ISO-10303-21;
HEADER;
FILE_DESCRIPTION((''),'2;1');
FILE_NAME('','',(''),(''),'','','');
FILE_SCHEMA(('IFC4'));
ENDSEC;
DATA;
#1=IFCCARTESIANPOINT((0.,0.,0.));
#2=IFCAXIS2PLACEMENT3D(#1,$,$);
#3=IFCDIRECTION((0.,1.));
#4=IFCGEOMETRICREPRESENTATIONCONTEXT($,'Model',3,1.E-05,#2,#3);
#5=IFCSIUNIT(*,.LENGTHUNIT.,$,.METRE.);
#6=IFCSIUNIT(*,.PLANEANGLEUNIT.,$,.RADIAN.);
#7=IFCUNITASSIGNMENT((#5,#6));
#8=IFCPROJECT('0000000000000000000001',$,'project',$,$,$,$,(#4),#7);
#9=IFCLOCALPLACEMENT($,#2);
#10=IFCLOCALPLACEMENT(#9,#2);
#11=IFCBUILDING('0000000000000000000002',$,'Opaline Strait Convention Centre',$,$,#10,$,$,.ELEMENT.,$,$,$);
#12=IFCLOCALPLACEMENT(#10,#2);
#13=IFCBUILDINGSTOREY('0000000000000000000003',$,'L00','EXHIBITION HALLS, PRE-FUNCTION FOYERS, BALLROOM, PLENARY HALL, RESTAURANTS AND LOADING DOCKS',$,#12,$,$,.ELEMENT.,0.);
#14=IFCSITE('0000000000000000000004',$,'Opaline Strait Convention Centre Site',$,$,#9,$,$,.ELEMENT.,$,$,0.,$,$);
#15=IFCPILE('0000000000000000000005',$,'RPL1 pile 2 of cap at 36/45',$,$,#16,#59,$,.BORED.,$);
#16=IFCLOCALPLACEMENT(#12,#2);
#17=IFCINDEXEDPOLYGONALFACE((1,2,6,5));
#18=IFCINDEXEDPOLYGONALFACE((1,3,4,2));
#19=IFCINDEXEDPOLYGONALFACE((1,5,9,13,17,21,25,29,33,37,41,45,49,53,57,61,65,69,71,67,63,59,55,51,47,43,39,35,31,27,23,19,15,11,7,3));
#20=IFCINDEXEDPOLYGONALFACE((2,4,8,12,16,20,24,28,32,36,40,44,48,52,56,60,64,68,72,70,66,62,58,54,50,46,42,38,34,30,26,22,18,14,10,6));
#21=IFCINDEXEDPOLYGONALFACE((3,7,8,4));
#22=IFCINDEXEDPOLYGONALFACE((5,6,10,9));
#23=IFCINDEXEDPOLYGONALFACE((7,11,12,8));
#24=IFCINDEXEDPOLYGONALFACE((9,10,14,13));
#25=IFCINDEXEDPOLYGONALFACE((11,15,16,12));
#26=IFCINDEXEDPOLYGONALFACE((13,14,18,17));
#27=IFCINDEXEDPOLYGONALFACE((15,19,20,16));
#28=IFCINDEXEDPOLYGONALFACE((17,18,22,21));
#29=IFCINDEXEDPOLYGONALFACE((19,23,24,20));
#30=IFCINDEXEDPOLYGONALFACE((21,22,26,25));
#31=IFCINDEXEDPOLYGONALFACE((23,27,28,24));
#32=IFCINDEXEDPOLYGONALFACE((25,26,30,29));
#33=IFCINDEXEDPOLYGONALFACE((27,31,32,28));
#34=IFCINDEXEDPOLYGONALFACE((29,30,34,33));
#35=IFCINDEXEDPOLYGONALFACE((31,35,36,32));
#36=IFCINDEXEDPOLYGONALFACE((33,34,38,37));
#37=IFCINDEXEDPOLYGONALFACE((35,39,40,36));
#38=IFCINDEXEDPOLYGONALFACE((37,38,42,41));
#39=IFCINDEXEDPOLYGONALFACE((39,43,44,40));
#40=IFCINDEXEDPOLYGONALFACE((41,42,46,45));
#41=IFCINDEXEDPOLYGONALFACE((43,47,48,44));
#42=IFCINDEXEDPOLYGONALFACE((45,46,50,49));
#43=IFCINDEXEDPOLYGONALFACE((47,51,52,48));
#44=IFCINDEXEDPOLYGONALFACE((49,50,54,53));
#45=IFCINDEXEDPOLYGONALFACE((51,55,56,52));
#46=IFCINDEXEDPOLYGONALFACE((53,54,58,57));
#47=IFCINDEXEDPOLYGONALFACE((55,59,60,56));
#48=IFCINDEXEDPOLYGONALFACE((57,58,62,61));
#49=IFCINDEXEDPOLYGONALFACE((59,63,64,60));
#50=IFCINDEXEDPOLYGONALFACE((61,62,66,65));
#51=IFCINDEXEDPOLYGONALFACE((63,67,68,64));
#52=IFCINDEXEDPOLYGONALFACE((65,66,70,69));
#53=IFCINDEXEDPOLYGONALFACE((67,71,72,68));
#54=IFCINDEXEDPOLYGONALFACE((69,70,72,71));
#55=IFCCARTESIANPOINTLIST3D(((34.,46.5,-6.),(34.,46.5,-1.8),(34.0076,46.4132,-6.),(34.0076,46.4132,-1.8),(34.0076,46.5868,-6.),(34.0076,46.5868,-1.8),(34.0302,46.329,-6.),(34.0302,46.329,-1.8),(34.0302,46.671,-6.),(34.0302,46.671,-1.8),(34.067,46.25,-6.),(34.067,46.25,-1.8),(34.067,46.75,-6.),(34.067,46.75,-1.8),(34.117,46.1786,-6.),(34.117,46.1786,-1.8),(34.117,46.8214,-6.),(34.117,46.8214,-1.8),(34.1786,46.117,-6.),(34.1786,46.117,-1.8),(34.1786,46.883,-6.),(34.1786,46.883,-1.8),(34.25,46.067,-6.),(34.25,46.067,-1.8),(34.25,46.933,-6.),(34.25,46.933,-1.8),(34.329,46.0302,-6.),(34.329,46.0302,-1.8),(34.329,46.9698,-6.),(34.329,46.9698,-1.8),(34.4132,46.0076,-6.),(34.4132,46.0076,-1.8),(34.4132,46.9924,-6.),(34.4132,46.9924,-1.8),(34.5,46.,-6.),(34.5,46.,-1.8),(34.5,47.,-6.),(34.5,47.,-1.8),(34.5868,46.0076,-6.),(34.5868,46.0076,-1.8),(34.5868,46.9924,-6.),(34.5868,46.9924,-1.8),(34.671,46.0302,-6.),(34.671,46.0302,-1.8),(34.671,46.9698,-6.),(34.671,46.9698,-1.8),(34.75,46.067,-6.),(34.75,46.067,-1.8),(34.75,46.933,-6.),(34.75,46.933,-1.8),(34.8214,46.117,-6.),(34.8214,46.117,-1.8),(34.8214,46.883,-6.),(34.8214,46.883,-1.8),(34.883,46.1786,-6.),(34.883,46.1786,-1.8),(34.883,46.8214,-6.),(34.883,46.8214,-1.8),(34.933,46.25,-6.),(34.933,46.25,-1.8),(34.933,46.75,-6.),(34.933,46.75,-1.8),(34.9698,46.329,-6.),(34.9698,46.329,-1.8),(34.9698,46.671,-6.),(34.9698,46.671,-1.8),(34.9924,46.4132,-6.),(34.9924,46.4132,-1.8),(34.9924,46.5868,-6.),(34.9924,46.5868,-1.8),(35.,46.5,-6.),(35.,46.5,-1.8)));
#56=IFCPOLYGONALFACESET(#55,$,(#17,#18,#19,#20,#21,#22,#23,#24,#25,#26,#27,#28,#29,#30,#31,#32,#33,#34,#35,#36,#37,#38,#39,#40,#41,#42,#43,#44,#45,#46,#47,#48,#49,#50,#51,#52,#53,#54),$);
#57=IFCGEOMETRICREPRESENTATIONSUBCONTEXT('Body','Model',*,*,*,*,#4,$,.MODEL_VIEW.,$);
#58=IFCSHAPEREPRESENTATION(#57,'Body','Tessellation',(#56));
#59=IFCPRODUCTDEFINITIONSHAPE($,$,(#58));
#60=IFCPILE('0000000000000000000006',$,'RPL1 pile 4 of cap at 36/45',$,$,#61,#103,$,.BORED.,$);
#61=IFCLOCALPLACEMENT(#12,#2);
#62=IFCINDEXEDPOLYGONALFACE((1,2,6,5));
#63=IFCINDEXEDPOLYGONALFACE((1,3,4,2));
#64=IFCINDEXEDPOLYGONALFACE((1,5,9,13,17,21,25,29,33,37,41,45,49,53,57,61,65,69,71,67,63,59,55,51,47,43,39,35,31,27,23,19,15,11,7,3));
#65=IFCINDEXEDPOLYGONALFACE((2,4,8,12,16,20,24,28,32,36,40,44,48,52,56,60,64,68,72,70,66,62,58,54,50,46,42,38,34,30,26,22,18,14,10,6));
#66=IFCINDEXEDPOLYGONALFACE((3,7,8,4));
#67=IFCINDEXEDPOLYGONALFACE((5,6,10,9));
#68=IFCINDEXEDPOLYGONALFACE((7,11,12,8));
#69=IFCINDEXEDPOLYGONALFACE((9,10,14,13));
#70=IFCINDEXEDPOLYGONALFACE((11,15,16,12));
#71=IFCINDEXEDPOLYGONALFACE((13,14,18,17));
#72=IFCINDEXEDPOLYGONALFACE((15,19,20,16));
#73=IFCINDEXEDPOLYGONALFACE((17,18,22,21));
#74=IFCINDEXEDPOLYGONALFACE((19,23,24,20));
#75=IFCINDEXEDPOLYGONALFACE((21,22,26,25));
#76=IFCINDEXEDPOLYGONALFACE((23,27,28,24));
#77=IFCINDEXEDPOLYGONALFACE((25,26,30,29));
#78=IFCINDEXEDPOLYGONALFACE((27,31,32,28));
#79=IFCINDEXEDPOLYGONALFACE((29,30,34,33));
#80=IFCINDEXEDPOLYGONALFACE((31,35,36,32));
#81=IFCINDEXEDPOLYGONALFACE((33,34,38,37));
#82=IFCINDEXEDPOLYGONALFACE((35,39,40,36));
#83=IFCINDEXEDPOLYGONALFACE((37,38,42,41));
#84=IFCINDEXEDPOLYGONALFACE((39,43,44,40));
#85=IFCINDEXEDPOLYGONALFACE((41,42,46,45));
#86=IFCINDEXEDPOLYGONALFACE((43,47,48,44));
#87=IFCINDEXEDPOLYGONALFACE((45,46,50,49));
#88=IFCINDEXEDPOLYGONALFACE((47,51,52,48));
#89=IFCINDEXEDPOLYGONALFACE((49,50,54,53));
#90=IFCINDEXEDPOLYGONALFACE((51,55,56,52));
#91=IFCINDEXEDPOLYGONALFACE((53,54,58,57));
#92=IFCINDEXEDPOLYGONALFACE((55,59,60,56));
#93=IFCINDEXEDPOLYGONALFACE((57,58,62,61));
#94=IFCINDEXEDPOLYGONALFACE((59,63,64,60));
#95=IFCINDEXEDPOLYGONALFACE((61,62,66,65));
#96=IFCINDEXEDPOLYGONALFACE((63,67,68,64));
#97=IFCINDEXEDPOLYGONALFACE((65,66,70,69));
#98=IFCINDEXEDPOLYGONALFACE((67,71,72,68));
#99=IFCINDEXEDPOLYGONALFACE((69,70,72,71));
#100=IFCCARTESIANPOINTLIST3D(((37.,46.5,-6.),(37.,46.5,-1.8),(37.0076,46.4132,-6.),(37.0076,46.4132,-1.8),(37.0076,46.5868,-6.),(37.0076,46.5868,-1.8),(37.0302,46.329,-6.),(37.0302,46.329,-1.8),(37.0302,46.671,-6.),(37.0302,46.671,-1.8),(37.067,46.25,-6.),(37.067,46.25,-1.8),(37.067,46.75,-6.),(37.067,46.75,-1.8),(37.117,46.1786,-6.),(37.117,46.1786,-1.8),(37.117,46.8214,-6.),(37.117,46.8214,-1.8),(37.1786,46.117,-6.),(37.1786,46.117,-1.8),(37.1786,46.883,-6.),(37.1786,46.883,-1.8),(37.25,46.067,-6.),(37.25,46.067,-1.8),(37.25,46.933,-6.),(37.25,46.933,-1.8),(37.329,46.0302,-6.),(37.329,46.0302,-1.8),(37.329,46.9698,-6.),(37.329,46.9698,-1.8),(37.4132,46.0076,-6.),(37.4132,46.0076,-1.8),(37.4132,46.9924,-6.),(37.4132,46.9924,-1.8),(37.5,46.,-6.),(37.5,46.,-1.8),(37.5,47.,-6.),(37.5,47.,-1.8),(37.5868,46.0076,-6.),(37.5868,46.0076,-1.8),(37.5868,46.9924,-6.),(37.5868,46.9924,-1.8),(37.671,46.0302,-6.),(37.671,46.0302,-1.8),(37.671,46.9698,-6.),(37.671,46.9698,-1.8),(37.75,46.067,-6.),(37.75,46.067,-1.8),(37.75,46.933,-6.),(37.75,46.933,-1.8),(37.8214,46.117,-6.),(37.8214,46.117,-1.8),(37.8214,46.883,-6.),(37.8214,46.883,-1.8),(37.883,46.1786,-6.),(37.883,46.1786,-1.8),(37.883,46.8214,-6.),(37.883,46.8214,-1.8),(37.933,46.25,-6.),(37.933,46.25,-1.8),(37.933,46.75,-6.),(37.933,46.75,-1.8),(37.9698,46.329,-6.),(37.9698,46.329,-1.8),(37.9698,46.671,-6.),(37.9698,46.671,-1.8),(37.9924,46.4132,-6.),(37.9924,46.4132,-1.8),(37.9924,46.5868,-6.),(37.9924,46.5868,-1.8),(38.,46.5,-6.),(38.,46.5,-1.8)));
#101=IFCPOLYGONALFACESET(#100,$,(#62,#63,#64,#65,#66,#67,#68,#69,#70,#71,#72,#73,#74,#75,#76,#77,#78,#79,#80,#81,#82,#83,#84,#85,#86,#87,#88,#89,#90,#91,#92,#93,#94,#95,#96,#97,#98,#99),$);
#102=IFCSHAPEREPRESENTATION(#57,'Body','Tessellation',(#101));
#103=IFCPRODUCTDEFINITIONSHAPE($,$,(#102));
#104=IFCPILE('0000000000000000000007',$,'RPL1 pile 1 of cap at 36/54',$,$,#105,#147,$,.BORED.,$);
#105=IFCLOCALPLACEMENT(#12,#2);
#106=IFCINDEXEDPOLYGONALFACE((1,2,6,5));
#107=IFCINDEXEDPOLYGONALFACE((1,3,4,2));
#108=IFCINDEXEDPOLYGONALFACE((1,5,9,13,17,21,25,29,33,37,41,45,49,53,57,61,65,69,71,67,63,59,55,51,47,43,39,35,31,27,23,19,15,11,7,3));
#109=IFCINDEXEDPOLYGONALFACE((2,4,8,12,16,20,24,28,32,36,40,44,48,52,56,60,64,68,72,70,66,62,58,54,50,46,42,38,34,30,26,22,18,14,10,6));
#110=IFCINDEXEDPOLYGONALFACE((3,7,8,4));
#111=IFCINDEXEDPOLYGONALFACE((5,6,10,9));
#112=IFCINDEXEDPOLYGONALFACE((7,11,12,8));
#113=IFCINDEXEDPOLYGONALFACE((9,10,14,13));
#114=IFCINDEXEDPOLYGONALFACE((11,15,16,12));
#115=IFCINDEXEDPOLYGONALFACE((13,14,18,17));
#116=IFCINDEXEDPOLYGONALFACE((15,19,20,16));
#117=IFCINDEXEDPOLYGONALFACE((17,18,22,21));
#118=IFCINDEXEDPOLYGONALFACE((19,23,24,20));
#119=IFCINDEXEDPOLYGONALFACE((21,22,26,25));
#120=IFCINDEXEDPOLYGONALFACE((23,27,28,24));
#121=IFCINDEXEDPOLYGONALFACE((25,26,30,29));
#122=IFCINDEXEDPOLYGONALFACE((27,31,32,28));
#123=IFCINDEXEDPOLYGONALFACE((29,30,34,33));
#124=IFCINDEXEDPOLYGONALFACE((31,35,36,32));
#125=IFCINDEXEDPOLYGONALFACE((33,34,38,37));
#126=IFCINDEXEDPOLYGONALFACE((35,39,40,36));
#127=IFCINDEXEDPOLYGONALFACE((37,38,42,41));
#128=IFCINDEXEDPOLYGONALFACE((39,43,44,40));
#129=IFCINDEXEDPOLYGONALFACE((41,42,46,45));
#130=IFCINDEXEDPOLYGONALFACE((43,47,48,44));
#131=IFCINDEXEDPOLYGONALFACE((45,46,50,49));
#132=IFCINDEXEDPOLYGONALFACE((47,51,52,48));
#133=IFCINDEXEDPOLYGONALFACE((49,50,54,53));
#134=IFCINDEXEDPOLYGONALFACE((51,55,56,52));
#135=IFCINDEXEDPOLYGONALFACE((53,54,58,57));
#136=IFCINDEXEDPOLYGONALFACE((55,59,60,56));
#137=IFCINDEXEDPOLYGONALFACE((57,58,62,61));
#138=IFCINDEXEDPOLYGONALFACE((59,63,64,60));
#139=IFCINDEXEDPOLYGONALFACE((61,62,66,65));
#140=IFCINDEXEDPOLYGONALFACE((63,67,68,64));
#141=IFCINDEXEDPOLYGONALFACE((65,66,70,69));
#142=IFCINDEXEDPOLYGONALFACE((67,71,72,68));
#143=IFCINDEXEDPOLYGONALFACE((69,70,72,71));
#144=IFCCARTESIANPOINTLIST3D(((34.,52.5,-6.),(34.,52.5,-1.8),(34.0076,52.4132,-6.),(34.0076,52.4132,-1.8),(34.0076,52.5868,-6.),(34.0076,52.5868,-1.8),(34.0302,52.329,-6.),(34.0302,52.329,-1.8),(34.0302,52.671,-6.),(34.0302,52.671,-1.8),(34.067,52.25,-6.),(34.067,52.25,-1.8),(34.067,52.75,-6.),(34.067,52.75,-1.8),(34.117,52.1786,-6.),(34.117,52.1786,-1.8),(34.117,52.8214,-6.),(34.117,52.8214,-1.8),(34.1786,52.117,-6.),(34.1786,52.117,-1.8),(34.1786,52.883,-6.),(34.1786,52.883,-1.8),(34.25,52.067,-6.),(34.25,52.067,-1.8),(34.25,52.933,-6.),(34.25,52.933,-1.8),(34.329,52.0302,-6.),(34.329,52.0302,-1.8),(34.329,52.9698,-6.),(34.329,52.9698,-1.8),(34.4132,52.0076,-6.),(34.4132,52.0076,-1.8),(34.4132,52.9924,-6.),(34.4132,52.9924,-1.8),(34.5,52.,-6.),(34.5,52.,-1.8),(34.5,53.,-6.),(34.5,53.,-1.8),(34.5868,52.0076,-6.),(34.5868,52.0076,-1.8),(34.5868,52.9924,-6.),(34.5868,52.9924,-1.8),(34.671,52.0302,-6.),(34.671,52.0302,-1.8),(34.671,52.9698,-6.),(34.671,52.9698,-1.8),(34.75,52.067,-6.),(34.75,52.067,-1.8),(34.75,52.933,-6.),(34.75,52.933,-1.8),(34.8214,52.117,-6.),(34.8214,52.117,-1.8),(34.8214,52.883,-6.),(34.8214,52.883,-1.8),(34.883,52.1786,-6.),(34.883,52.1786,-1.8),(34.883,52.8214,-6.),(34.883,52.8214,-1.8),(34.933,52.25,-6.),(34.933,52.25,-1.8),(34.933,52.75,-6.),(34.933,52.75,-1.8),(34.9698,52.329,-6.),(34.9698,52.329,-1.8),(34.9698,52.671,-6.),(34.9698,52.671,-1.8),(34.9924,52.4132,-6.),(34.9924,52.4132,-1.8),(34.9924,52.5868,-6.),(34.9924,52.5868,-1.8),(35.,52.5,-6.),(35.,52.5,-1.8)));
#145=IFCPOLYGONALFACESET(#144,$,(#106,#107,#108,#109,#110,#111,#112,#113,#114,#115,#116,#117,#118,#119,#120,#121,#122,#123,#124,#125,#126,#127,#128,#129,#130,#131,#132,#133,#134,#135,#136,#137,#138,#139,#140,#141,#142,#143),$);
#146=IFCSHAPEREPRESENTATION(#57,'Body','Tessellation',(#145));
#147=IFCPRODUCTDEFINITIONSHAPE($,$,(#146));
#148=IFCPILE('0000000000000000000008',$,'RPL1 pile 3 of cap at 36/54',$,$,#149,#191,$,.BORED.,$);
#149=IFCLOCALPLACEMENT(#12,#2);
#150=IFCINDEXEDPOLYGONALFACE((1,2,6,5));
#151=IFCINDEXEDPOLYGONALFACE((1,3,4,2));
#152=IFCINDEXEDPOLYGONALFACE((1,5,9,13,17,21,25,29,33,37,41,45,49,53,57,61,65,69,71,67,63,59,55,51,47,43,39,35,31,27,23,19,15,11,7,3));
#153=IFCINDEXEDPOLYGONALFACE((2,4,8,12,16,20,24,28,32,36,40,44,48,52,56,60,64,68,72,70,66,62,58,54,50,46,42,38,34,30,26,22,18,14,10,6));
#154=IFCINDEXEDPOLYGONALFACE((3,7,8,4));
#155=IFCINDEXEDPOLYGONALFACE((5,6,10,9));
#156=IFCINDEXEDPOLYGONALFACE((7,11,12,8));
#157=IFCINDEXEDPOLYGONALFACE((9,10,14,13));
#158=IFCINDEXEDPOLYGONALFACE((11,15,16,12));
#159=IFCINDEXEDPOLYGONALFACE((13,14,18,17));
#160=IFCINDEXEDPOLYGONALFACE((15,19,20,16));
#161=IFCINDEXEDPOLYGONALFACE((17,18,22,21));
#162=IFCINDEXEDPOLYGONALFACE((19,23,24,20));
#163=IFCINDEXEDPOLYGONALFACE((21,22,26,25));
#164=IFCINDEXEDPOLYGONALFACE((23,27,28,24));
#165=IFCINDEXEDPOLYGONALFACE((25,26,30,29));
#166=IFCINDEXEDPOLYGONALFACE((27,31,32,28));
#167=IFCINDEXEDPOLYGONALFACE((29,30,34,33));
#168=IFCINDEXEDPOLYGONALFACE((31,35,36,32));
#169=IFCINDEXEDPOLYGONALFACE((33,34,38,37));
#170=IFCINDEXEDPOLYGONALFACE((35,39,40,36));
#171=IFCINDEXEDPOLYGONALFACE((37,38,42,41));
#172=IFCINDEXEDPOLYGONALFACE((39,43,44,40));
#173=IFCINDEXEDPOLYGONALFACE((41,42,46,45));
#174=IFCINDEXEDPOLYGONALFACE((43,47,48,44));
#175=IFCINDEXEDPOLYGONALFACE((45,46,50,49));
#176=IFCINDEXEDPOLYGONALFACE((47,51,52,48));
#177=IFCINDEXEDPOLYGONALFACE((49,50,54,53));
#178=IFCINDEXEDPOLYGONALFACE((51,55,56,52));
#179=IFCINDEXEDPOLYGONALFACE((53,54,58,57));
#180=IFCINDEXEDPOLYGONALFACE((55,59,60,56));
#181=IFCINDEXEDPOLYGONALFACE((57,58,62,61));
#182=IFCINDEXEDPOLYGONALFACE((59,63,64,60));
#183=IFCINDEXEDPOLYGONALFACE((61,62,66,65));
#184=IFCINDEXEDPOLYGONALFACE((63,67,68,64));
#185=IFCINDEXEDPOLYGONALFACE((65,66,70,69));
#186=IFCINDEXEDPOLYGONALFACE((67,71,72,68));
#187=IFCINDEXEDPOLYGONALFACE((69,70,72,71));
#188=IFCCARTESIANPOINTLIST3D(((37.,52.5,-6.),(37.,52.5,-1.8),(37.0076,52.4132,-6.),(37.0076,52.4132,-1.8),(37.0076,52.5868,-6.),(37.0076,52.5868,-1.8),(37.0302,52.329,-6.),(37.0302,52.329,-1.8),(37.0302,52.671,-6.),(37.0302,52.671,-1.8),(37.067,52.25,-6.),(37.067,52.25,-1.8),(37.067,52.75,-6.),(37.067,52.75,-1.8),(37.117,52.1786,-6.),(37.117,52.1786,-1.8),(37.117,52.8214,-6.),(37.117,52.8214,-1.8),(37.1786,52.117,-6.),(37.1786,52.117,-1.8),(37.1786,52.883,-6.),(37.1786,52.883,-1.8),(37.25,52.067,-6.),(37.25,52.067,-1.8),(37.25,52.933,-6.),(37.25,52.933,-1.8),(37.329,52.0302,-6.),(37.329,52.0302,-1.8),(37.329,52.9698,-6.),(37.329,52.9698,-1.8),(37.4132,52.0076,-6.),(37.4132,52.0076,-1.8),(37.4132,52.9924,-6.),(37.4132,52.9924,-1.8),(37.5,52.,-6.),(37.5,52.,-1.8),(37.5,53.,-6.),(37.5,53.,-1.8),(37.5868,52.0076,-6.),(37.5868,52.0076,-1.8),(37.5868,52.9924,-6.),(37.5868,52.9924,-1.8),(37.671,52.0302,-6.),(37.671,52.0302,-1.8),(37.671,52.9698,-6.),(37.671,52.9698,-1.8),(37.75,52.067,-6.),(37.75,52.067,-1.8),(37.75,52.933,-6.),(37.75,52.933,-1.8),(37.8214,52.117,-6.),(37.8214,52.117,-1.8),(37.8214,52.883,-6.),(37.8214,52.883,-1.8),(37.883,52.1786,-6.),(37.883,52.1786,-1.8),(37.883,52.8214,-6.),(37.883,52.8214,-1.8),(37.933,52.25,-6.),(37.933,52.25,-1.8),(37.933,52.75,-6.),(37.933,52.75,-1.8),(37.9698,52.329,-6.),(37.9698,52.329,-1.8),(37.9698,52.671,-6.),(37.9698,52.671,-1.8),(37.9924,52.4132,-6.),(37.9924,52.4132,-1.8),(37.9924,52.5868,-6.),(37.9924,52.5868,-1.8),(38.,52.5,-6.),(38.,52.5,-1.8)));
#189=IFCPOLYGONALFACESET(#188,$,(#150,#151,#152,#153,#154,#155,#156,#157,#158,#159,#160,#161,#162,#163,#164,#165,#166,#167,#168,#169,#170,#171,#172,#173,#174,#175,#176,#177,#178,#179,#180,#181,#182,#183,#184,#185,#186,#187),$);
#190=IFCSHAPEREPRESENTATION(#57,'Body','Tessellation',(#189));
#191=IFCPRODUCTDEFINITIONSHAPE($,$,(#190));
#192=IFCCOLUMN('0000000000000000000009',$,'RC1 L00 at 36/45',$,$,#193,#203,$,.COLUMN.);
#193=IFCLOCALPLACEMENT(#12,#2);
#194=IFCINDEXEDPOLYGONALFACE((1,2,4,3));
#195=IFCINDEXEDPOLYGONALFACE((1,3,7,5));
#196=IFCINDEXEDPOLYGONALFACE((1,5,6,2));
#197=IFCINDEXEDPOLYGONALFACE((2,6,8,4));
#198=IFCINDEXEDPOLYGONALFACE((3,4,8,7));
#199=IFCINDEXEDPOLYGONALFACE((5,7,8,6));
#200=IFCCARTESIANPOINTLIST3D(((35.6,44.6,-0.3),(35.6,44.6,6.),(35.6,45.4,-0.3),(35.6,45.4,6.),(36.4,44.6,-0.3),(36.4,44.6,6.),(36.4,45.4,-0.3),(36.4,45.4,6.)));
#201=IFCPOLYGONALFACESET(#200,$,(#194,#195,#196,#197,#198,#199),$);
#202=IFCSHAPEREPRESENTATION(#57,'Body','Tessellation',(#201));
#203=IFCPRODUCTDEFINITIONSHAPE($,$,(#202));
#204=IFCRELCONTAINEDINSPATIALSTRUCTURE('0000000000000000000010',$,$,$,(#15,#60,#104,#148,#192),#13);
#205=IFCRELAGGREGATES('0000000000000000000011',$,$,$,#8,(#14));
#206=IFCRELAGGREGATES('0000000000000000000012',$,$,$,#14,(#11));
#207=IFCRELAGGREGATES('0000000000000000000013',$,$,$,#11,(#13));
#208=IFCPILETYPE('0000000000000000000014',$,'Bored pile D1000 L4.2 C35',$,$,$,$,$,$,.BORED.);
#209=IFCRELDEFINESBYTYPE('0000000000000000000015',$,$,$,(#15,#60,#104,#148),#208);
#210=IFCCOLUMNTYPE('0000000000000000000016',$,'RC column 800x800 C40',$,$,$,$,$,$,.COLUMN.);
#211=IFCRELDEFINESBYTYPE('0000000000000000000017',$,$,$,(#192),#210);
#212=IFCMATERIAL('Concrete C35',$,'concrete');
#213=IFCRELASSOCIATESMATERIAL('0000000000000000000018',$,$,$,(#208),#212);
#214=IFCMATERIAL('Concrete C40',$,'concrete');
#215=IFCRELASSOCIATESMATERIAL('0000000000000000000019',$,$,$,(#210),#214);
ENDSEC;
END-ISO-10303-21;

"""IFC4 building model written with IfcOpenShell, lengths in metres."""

from ifc_helpers import new_model, si_unit, direction, frame, origin, origin_2d, place, context, subcontext, project, spatial, rectangle, circle, extrude, material, material_profile, profile_set, type_object, element, save


model = new_model("IFC4")

# Units and contexts
model_context = context("Model", 3, precision=1e-05, world=origin(), true_north=direction((0.0, 1.0)))
body_context = subcontext(model_context, "Body", "Model", "MODEL_VIEW")
ifc_project = project(units=[si_unit("LENGTHUNIT", "METRE"), si_unit("PLANEANGLEUNIT", "RADIAN")], contexts=[model_context])

# Site, building, storey
site_placement = place(None, origin())
site = spatial("IfcSite", under=ifc_project, at=site_placement, Name="Opaline Strait Convention Centre Site", CompositionType="ELEMENT", RefElevation=0.0)
building_placement = place(site_placement, origin())
building = spatial("IfcBuilding", under=site, at=building_placement, Name="Opaline Strait Convention Centre", CompositionType="ELEMENT")
storey_placement = place(building_placement, origin())
storey = spatial("IfcBuildingStorey", under=building, at=storey_placement, Name="L00", Description="EXHIBITION HALLS, PRE-FUNCTION FOYERS, BALLROOM, PLENARY HALL, RESTAURANTS AND LOADING DOCKS", CompositionType="ELEMENT", Elevation=0.0)

# Piles
ifc_material_1 = material(Name="Concrete C35", Category="concrete")
ifc_material_profile_1 = material_profile(ifc_material_1, circle(Radius=0.5, at=origin_2d()), Name="D1000")
ifc_profile_set_1 = profile_set([ifc_material_profile_1], Name="Concrete C35")
pile_type = type_object("IfcPileType", Name="Bored pile D1000 L4.2 C35", PredefinedType="BORED", material=ifc_profile_set_1)
for number, where, z_axis, x_axis, name in (
    (1, (34.5, 46.5, -1.8), (0.0, 0.0, -1.0), (1.0, 0.0, 0.0), "RPL1 pile 2 of cap at 36/45"),
    (2, (37.5, 46.5, -1.8), (0.0, 0.0, -1.0), (1.0, 0.0, 0.0), "RPL1 pile 4 of cap at 36/45"),
    (3, (34.5, 52.5, -1.8), (0.0, 0.0, -1.0), (1.0, 0.0, 0.0), "RPL1 pile 1 of cap at 36/54"),
    (4, (37.5, 52.5, -1.8), (0.0, 0.0, -1.0), (1.0, 0.0, 0.0), "RPL1 pile 3 of cap at 36/54"),
):
    element("IfcPile", number, at=place(storey_placement, frame(where, z_axis=z_axis, x_axis=x_axis)), inside=storey, type_object=pile_type, Name=name, PredefinedType="BORED", context=body_context, shape_type="SweptSolid", body=[
        extrude(circle(Radius=0.5, at=origin_2d()), origin(), (0.0, 0.0, 1.0), 4.2),
    ])

# Column
ifc_material_2 = material(Name="Concrete C40", Category="concrete")
ifc_material_profile_2 = material_profile(ifc_material_2, rectangle(XDim=0.8, YDim=0.8, at=origin_2d()), Name="RC 800x800")
ifc_profile_set_2 = profile_set([ifc_material_profile_2], Name="Concrete C40")
column_type = type_object("IfcColumnType", Name="RC column 800x800 C40", PredefinedType="COLUMN", material=ifc_profile_set_2)
column_placement = place(storey_placement, frame((36.0, 45.0, -0.3), z_axis=(0.0, 0.0, 1.0), x_axis=(1.0, 0.0, 0.0)))
element("IfcColumn", 5, at=column_placement, inside=storey, type_object=column_type, Name="RC1 L00 at 36/45", PredefinedType="COLUMN", context=body_context, shape_type="SweptSolid", body=[
    extrude(rectangle(XDim=0.8, YDim=0.8, at=origin_2d()), origin(), (0.0, 0.0, 1.0), 6.3),
])

save(model, "model.ifc")
